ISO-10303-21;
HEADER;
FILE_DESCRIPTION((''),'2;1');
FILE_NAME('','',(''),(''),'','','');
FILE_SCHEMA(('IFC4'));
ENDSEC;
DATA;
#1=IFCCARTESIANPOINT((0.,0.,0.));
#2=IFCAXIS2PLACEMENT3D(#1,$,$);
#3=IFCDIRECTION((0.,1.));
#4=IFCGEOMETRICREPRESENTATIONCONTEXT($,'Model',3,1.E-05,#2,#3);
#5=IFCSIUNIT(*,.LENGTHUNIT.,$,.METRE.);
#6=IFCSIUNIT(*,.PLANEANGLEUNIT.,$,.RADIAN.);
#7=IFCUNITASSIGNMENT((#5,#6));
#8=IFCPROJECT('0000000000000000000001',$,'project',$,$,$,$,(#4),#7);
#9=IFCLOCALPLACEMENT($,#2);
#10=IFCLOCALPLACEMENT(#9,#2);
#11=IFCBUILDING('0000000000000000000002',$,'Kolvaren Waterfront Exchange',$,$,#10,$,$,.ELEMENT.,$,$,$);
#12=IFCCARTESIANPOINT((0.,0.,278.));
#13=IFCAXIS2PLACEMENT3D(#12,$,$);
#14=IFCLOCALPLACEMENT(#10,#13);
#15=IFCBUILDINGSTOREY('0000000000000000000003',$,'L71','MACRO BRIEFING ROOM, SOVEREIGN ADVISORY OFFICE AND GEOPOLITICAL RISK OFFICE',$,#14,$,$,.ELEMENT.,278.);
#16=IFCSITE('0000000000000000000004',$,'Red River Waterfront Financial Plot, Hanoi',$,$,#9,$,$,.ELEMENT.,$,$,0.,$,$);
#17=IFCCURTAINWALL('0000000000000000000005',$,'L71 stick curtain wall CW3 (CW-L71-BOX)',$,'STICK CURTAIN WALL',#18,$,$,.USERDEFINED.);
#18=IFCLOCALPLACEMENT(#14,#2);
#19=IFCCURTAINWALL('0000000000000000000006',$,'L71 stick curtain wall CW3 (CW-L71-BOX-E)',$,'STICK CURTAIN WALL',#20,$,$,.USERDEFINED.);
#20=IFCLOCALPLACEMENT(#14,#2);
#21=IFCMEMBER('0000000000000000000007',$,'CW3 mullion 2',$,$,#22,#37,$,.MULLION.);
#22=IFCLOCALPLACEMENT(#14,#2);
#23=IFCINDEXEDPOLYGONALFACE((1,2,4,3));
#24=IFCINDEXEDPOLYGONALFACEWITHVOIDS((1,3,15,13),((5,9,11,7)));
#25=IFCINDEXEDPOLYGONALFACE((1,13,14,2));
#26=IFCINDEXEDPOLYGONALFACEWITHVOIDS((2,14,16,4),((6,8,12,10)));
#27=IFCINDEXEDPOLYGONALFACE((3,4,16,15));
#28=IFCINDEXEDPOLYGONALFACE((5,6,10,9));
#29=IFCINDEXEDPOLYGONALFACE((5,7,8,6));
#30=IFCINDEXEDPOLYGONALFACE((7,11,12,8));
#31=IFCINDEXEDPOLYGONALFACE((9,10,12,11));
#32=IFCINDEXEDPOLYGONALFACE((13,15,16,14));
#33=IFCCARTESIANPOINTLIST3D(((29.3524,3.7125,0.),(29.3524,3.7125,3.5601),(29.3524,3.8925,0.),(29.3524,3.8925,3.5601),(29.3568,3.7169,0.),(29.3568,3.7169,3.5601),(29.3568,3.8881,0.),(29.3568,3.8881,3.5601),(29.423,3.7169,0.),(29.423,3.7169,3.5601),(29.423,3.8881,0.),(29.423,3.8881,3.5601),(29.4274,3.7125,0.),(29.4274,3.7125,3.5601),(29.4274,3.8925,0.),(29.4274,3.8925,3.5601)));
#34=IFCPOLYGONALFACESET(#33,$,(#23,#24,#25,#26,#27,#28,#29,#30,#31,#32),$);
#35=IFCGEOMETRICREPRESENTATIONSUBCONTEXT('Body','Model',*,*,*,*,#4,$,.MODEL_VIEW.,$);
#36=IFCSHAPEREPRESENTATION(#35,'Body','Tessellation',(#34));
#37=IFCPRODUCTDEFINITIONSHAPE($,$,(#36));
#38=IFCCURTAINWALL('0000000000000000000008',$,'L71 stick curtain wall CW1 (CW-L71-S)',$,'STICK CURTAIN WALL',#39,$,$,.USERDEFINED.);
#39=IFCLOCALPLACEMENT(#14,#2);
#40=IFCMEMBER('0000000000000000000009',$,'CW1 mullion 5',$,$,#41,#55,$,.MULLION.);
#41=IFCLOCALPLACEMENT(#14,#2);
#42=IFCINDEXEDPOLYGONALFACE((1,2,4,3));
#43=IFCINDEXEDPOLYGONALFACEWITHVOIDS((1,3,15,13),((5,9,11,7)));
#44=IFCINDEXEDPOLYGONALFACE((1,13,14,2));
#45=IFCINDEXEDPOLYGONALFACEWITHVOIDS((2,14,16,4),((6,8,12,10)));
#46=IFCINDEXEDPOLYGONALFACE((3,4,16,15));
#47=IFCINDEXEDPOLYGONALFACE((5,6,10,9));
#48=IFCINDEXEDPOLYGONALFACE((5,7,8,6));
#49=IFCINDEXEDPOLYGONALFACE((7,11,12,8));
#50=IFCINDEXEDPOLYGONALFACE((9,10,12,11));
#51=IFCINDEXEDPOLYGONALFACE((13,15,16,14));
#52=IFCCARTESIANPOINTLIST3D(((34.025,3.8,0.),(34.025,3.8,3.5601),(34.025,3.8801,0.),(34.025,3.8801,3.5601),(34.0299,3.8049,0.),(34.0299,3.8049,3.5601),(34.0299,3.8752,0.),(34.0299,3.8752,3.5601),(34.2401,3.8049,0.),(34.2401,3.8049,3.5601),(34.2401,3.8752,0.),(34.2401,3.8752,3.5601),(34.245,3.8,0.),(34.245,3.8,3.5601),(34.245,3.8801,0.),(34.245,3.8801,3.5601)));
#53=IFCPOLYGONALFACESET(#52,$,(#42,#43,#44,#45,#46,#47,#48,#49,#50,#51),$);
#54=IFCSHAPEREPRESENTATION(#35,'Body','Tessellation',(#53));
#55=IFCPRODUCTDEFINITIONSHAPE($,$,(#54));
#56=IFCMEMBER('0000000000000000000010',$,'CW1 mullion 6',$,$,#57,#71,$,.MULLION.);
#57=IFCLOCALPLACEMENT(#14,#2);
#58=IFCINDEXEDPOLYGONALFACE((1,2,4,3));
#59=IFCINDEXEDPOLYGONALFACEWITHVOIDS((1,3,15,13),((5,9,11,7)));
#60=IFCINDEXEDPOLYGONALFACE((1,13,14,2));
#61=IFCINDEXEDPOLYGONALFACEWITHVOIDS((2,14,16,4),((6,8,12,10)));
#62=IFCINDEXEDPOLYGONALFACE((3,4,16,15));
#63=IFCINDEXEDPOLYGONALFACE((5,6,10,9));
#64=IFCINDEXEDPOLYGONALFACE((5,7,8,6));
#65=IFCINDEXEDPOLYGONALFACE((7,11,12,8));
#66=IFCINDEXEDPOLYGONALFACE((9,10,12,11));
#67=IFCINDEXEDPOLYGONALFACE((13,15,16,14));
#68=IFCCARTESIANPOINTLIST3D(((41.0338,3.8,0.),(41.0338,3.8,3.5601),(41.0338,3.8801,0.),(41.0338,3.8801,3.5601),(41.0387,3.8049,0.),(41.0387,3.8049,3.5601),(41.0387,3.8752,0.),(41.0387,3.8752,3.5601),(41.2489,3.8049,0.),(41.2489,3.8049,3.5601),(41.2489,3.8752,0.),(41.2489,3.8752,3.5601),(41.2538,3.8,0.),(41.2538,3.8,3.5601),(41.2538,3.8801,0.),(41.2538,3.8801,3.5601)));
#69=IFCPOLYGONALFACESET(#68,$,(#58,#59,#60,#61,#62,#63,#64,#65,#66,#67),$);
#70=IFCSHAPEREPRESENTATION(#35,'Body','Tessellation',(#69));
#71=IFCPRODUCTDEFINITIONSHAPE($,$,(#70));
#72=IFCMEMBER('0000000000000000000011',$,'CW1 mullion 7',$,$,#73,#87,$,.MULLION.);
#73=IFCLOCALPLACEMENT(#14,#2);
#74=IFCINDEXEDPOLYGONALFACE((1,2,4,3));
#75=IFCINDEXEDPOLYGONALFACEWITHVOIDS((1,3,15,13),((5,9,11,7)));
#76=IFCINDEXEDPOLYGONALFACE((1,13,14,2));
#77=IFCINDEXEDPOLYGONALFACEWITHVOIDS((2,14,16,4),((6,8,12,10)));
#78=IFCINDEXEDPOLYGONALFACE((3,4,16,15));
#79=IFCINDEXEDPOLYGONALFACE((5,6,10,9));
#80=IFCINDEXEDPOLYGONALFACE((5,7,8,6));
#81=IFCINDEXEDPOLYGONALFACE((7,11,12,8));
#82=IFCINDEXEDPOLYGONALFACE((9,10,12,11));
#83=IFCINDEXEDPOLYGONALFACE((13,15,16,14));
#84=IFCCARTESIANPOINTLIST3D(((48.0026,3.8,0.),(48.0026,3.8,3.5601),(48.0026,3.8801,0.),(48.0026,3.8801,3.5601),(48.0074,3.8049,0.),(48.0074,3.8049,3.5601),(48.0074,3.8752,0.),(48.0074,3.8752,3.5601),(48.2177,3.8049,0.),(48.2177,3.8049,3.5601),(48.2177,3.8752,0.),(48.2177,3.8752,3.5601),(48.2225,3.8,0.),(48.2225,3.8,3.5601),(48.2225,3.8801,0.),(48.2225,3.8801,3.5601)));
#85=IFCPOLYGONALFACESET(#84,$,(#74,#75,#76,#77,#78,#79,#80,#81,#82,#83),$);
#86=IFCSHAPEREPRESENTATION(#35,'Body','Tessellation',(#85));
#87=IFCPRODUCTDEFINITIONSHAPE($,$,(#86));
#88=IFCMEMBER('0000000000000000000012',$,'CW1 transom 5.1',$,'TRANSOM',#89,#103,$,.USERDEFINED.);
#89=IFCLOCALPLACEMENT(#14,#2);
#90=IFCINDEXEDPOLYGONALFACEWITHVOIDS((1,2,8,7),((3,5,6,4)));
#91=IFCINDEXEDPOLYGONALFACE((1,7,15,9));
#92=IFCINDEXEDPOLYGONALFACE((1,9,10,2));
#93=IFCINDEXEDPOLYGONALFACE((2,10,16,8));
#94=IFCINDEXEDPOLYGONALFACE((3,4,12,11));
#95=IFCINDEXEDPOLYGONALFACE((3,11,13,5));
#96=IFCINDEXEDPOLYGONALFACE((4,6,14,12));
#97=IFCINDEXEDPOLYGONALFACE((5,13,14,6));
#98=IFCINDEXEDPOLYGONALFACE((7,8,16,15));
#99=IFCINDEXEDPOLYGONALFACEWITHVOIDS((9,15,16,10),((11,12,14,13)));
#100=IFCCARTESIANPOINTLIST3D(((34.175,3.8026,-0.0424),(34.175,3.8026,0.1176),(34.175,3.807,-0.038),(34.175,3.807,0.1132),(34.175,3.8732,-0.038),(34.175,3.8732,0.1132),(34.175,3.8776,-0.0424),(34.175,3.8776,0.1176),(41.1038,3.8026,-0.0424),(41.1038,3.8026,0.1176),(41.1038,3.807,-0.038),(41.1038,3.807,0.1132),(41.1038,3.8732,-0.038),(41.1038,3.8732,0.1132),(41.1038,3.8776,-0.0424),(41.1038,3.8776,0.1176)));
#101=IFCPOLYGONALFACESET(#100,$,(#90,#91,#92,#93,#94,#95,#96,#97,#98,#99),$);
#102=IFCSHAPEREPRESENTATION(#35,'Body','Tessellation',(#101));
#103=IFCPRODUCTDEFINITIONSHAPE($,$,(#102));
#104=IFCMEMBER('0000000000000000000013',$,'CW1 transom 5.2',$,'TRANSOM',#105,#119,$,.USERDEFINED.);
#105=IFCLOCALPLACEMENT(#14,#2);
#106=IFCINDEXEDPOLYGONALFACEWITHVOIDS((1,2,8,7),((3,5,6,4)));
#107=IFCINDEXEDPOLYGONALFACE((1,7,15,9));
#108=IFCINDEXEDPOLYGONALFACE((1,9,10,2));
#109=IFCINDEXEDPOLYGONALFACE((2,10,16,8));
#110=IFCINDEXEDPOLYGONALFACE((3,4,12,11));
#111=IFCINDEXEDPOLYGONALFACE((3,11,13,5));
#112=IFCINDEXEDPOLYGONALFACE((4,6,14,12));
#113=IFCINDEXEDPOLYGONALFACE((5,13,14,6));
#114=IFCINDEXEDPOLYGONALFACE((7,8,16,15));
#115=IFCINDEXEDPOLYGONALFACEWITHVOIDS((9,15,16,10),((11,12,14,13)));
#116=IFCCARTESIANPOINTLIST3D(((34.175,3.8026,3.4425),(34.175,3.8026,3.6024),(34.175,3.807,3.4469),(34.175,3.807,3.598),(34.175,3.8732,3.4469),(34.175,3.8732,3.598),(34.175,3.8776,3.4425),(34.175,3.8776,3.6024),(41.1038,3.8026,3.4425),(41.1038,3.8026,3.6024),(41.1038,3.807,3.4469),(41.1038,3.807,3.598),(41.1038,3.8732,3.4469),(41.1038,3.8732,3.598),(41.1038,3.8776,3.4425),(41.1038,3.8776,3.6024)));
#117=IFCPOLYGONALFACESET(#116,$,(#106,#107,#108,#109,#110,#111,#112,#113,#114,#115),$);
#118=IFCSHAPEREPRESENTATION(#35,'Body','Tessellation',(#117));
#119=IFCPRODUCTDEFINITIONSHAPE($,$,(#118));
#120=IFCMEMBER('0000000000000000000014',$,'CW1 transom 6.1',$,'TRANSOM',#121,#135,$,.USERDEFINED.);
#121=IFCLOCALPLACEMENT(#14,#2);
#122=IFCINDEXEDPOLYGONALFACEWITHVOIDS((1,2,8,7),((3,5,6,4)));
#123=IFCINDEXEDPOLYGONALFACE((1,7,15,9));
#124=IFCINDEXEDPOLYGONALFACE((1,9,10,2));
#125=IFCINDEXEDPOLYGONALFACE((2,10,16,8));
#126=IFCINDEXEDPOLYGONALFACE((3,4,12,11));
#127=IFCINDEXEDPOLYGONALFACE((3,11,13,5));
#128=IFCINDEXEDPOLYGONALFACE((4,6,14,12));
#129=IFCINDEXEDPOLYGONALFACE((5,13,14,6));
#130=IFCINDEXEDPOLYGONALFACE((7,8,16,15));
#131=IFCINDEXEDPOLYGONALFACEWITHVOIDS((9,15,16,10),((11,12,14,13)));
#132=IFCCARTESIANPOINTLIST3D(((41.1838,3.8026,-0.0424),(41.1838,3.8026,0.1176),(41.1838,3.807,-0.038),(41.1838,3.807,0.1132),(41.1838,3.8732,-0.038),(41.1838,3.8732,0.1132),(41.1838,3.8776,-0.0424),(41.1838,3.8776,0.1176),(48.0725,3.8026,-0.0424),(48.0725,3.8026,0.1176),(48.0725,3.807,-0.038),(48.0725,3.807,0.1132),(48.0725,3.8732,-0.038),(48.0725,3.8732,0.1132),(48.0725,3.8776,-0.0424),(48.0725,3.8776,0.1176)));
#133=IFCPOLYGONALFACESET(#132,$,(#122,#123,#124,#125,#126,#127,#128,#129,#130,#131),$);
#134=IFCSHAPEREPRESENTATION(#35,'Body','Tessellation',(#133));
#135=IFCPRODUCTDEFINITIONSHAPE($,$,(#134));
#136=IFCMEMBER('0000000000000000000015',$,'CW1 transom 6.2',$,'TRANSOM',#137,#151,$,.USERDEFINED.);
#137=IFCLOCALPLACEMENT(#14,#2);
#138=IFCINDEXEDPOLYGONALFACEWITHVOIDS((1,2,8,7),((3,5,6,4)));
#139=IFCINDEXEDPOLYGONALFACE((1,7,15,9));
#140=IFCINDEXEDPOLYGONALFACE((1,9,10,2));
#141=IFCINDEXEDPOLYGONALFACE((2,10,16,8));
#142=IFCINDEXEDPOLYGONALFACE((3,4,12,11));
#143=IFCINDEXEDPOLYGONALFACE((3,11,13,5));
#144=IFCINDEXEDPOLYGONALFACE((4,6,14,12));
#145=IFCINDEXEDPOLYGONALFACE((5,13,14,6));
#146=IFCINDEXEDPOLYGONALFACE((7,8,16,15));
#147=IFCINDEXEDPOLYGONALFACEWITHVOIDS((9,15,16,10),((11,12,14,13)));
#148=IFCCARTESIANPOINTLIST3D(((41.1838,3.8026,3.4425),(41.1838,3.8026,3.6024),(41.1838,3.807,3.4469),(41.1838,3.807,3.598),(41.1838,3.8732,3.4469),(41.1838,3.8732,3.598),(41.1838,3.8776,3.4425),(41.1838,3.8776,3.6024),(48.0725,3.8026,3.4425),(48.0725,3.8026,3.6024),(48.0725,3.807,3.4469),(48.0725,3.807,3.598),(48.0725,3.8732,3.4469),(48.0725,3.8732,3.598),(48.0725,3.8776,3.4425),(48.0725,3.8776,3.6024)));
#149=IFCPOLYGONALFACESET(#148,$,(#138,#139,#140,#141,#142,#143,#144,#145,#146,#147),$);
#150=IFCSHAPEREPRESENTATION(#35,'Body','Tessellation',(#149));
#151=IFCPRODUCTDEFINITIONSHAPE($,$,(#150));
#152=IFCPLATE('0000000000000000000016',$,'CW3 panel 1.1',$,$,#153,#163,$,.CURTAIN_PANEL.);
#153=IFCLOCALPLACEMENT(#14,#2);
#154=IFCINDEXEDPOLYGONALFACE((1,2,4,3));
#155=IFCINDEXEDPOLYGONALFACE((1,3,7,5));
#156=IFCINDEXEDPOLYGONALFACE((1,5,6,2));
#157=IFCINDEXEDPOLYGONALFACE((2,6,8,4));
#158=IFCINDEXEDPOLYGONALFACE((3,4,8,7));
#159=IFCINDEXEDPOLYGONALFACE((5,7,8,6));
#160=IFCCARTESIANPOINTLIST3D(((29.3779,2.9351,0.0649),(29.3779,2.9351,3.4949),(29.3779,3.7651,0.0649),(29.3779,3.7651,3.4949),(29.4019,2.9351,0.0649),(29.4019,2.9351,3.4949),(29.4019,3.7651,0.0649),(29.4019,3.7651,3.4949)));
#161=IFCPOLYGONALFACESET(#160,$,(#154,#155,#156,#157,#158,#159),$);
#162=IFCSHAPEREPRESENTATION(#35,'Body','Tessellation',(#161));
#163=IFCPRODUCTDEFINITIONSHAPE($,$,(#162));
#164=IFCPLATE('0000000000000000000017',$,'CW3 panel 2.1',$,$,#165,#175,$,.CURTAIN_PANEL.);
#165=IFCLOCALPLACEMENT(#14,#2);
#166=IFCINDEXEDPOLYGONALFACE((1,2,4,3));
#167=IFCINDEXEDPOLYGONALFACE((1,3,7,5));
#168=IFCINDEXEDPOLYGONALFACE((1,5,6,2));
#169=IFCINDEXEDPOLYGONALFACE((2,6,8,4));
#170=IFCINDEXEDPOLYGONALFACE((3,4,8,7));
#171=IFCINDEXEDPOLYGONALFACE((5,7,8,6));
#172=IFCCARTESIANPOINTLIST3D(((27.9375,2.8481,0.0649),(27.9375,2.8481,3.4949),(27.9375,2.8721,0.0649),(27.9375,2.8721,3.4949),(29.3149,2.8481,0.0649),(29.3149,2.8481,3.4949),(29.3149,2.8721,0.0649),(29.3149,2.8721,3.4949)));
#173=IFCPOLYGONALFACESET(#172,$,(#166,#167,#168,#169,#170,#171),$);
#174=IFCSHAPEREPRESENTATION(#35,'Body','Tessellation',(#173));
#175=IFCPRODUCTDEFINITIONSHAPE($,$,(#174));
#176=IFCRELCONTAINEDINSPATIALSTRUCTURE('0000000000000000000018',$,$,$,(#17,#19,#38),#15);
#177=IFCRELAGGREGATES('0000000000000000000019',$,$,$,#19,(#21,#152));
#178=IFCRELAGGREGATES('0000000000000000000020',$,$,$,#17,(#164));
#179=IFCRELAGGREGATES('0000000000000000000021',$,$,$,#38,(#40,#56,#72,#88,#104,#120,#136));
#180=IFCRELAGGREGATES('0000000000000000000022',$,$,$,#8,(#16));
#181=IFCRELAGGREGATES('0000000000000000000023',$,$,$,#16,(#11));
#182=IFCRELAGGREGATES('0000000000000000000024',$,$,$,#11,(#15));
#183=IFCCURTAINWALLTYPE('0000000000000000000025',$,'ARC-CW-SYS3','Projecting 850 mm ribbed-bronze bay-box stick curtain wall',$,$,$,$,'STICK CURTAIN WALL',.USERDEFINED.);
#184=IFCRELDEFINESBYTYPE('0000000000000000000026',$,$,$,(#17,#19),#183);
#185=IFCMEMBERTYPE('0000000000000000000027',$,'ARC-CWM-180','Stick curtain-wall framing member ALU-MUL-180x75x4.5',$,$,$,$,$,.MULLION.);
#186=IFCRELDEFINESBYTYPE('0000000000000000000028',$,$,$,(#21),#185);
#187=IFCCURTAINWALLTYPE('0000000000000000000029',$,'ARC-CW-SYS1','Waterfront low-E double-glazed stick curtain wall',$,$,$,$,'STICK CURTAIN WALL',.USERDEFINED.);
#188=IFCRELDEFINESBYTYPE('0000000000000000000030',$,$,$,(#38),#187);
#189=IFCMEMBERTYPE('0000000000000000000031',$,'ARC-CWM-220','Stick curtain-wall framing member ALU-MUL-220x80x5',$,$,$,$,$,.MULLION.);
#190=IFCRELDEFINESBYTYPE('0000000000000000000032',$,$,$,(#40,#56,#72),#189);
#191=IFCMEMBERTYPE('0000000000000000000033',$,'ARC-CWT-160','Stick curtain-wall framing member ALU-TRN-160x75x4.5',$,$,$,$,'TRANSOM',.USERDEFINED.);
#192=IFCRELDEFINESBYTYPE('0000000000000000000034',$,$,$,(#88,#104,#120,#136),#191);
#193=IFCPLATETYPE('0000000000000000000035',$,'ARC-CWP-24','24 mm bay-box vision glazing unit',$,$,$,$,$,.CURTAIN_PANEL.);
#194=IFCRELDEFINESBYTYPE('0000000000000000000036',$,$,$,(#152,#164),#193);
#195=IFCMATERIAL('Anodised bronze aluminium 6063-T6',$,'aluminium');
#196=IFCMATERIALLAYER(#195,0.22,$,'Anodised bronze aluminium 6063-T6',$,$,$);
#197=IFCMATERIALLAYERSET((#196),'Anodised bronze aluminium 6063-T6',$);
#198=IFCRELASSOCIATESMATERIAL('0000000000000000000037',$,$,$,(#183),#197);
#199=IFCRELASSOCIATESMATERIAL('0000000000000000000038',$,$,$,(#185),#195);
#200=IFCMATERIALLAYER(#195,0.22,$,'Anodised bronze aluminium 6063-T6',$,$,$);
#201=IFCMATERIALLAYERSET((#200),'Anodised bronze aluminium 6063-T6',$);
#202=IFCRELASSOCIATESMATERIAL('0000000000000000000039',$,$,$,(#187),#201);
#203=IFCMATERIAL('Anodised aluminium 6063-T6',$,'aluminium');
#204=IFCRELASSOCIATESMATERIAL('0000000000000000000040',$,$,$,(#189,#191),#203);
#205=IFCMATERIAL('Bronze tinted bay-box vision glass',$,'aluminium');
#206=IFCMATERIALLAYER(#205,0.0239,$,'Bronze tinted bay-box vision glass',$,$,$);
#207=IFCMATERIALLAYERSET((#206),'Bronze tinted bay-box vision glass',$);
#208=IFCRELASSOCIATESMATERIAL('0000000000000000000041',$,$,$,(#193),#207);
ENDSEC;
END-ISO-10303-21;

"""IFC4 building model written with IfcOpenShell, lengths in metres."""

from ifc_helpers import new_model, si_unit, direction, frame, origin, origin_with_axes, origin_2d, place, context, subcontext, project, spatial, rectangle, hollow_rectangle, extrude, source, transform, mapped, material, layer, layer_set, material_profile, profile_set, type_object, element, aggregate, save


model = new_model("IFC4")

# Units and contexts
model_context = context("Model", 3, precision=1e-05, world=origin(), true_north=direction((0.0, 1.0)))
body_context = subcontext(model_context, "Body", "Model", "MODEL_VIEW")
ifc_project = project(units=[si_unit("LENGTHUNIT", "METRE"), si_unit("PLANEANGLEUNIT", "RADIAN")], contexts=[model_context])

# Site, building, storey
site_placement = place(None, origin())
site = spatial("IfcSite", under=ifc_project, at=site_placement, Name="Red River Waterfront Financial Plot, Hanoi", CompositionType="ELEMENT", RefElevation=0.0)
building_placement = place(site_placement, origin())
building = spatial("IfcBuilding", under=site, at=building_placement, Name="Kolvaren Waterfront Exchange", CompositionType="ELEMENT")
storey_placement = place(building_placement, frame((0.0, 0.0, 278.0)))
storey = spatial("IfcBuildingStorey", under=building, at=storey_placement, Name="L71", Description="MACRO BRIEFING ROOM, SOVEREIGN ADVISORY OFFICE AND GEOPOLITICAL RISK OFFICE", CompositionType="ELEMENT", Elevation=278.0)

# Curtain walls
ifc_material_1 = material(Name="Anodised bronze aluminium 6063-T6", Category="aluminium")
ifc_layer_1 = layer(ifc_material_1, 0.22, Name="Anodised bronze aluminium 6063-T6")
ifc_layer_set_1 = layer_set([ifc_layer_1], Name="Anodised bronze aluminium 6063-T6")
curtain_wall_type_1 = type_object("IfcCurtainWallType", Name="ARC-CW-SYS3", Description="Projecting 850 mm ribbed-bronze bay-box stick curtain wall", ElementType="STICK CURTAIN WALL", PredefinedType="USERDEFINED", material=ifc_layer_set_1)
curtain_wall_1_placement = place(storey_placement, origin())
curtain_wall_1 = element("IfcCurtainWall", 1, at=curtain_wall_1_placement, inside=storey, type_object=curtain_wall_type_1, Name="L71 stick curtain wall CW3 (CW-L71-BOX)", ObjectType="STICK CURTAIN WALL", PredefinedType="USERDEFINED")
curtain_wall_2_placement = place(storey_placement, origin())
curtain_wall_2 = element("IfcCurtainWall", 2, at=curtain_wall_2_placement, inside=storey, type_object=curtain_wall_type_1, Name="L71 stick curtain wall CW3 (CW-L71-BOX-E)", ObjectType="STICK CURTAIN WALL", PredefinedType="USERDEFINED")

# Member
ifc_material_profile_1 = material_profile(ifc_material_1, hollow_rectangle(XDim=0.075, YDim=0.1799, WallThickness=0.0044, at=origin_2d()), Name="ALU-MUL-180x75x4.5")
ifc_profile_set_1 = profile_set([ifc_material_profile_1], Name="Anodised bronze aluminium 6063-T6")
member_type_1 = type_object("IfcMemberType", Name="ARC-CWM-180", Description="Stick curtain-wall framing member ALU-MUL-180x75x4.5", PredefinedType="MULLION", material=ifc_profile_set_1)
shared_shape_1 = source(origin_with_axes(), body_context, "Body", "SweptSolid", [
    extrude(hollow_rectangle(XDim=0.075, YDim=0.1799, WallThickness=0.0044, at=origin_2d()), origin(), (0.0, 0.0, 1.0), 3.5601),
])
member_1_placement = place(storey_placement, frame((29.3899, 3.8025, 0.0), z_axis=(0.0, 0.0, 1.0), x_axis=(-1.0, 0.0, 0.0)))
member_1 = element("IfcMember", 3, at=member_1_placement, type_object=member_type_1, Name="CW3 mullion 2", PredefinedType="MULLION", context=body_context, shape_type="MappedRepresentation", body=[
    mapped(shared_shape_1, transform((0.0, 0.0, 0.0), x_axis=(1.0, 0.0, 0.0), y_axis=(0.0, 1.0, 0.0), z_axis=(0.0, 0.0, 1.0), scale=1.0)),
])

# Curtain wall, members
ifc_layer_2 = layer(ifc_material_1, 0.22, Name="Anodised bronze aluminium 6063-T6")
ifc_layer_set_2 = layer_set([ifc_layer_2], Name="Anodised bronze aluminium 6063-T6")
curtain_wall_type_2 = type_object("IfcCurtainWallType", Name="ARC-CW-SYS1", Description="Waterfront low-E double-glazed stick curtain wall", ElementType="STICK CURTAIN WALL", PredefinedType="USERDEFINED", material=ifc_layer_set_2)
curtain_wall_3_placement = place(storey_placement, origin())
curtain_wall_3 = element("IfcCurtainWall", 4, at=curtain_wall_3_placement, inside=storey, type_object=curtain_wall_type_2, Name="L71 stick curtain wall CW1 (CW-L71-S)", ObjectType="STICK CURTAIN WALL", PredefinedType="USERDEFINED")
ifc_material_2 = material(Name="Anodised aluminium 6063-T6", Category="aluminium")
ifc_material_profile_2 = material_profile(ifc_material_2, hollow_rectangle(XDim=0.0801, YDim=0.22, WallThickness=0.0049, at=origin_2d()), Name="ALU-MUL-220x80x5")
ifc_profile_set_2 = profile_set([ifc_material_profile_2], Name="Anodised aluminium 6063-T6")
member_type_2 = type_object("IfcMemberType", Name="ARC-CWM-220", Description="Stick curtain-wall framing member ALU-MUL-220x80x5", PredefinedType="MULLION", material=ifc_profile_set_2)
shared_shape_2 = source(origin_with_axes(), body_context, "Body", "SweptSolid", [
    extrude(hollow_rectangle(XDim=0.0801, YDim=0.22, WallThickness=0.0049, at=origin_2d()), origin(), (0.0, 0.0, 1.0), 3.5601),
])
member_2_placement = place(storey_placement, frame((34.135, 3.8401, 0.0), z_axis=(0.0, 0.0, 1.0), x_axis=(0.0, 1.0, 0.0)))
member_2 = element("IfcMember", 5, at=member_2_placement, type_object=member_type_2, Name="CW1 mullion 5", PredefinedType="MULLION", context=body_context, shape_type="MappedRepresentation", body=[
    mapped(shared_shape_2, transform((0.0, 0.0, 0.0), x_axis=(1.0, 0.0, 0.0), y_axis=(0.0, 1.0, 0.0), z_axis=(0.0, 0.0, 1.0), scale=1.0)),
])
member_3_placement = place(storey_placement, frame((41.1438, 3.8401, 0.0), z_axis=(0.0, 0.0, 1.0), x_axis=(0.0, 1.0, 0.0)))
member_3 = element("IfcMember", 6, at=member_3_placement, type_object=member_type_2, Name="CW1 mullion 6", PredefinedType="MULLION", context=body_context, shape_type="MappedRepresentation", body=[
    mapped(shared_shape_2, transform((0.0, 0.0, 0.0), x_axis=(1.0, 0.0, 0.0), y_axis=(0.0, 1.0, 0.0), z_axis=(0.0, 0.0, 1.0), scale=1.0)),
])
member_4_placement = place(storey_placement, frame((48.1125, 3.8401, 0.0), z_axis=(0.0, 0.0, 1.0), x_axis=(0.0, 1.0, 0.0)))
member_4 = element("IfcMember", 7, at=member_4_placement, type_object=member_type_2, Name="CW1 mullion 7", PredefinedType="MULLION", context=body_context, shape_type="MappedRepresentation", body=[
    mapped(shared_shape_2, transform((0.0, 0.0, 0.0), x_axis=(1.0, 0.0, 0.0), y_axis=(0.0, 1.0, 0.0), z_axis=(0.0, 0.0, 1.0), scale=1.0)),
])
ifc_material_profile_3 = material_profile(ifc_material_2, hollow_rectangle(XDim=0.075, YDim=0.1599, WallThickness=0.0044, at=origin_2d()), Name="ALU-TRN-160x75x4.5")
ifc_profile_set_3 = profile_set([ifc_material_profile_3], Name="Anodised aluminium 6063-T6")
member_type_3 = type_object("IfcMemberType", Name="ARC-CWT-160", Description="Stick curtain-wall framing member ALU-TRN-160x75x4.5", ElementType="TRANSOM", PredefinedType="USERDEFINED", material=ifc_profile_set_3)
shared_shape_3 = source(origin_with_axes(), body_context, "Body", "SweptSolid", [
    extrude(hollow_rectangle(XDim=0.075, YDim=0.1599, WallThickness=0.0044, at=origin_2d()), origin(), (0.0, 0.0, 1.0), 6.9287),
])
member_5_placement = place(storey_placement, frame((34.175, 3.8401, 0.0376), z_axis=(1.0, 0.0, 0.0), x_axis=(0.0, 1.0, 0.0)))
member_5 = element("IfcMember", 8, at=member_5_placement, type_object=member_type_3, Name="CW1 transom 5.1", ObjectType="TRANSOM", PredefinedType="USERDEFINED", context=body_context, shape_type="MappedRepresentation", body=[
    mapped(shared_shape_3, transform((0.0, 0.0, 0.0), x_axis=(1.0, 0.0, 0.0), y_axis=(0.0, 1.0, 0.0), z_axis=(0.0, 0.0, 1.0), scale=1.0)),
])
member_6_placement = place(storey_placement, frame((34.175, 3.8401, 3.5225), z_axis=(1.0, 0.0, 0.0), x_axis=(0.0, 1.0, 0.0)))
member_6 = element("IfcMember", 9, at=member_6_placement, type_object=member_type_3, Name="CW1 transom 5.2", ObjectType="TRANSOM", PredefinedType="USERDEFINED", context=body_context, shape_type="MappedRepresentation", body=[
    mapped(shared_shape_3, transform((0.0, 0.0, 0.0), x_axis=(1.0, 0.0, 0.0), y_axis=(0.0, 1.0, 0.0), z_axis=(0.0, 0.0, 1.0), scale=1.0)),
])
shared_shape_4 = source(origin_with_axes(), body_context, "Body", "SweptSolid", [
    extrude(hollow_rectangle(XDim=0.075, YDim=0.1599, WallThickness=0.0044, at=origin_2d()), origin(), (0.0, 0.0, 1.0), 6.8887),
])
member_7_placement = place(storey_placement, frame((41.1838, 3.8401, 0.0376), z_axis=(1.0, 0.0, 0.0), x_axis=(0.0, 1.0, 0.0)))
member_7 = element("IfcMember", 10, at=member_7_placement, type_object=member_type_3, Name="CW1 transom 6.1", ObjectType="TRANSOM", PredefinedType="USERDEFINED", context=body_context, shape_type="MappedRepresentation", body=[
    mapped(shared_shape_4, transform((0.0, 0.0, 0.0), x_axis=(1.0, 0.0, 0.0), y_axis=(0.0, 1.0, 0.0), z_axis=(0.0, 0.0, 1.0), scale=1.0)),
])
member_8_placement = place(storey_placement, frame((41.1838, 3.8401, 3.5225), z_axis=(1.0, 0.0, 0.0), x_axis=(0.0, 1.0, 0.0)))
member_8 = element("IfcMember", 11, at=member_8_placement, type_object=member_type_3, Name="CW1 transom 6.2", ObjectType="TRANSOM", PredefinedType="USERDEFINED", context=body_context, shape_type="MappedRepresentation", body=[
    mapped(shared_shape_4, transform((0.0, 0.0, 0.0), x_axis=(1.0, 0.0, 0.0), y_axis=(0.0, 1.0, 0.0), z_axis=(0.0, 0.0, 1.0), scale=1.0)),
])

# Plates
ifc_material_3 = material(Name="Bronze tinted bay-box vision glass", Category="aluminium")
ifc_layer_3 = layer(ifc_material_3, 0.0239, Name="Bronze tinted bay-box vision glass")
ifc_layer_set_3 = layer_set([ifc_layer_3], Name="Bronze tinted bay-box vision glass")
plate_type_1 = type_object("IfcPlateType", Name="ARC-CWP-24", Description="24 mm bay-box vision glazing unit", PredefinedType="CURTAIN_PANEL", material=ifc_layer_set_3)
shared_shape_5 = source(origin_with_axes(), body_context, "Body", "SweptSolid", [
    extrude(rectangle(XDim=0.8301, YDim=0.0239, at=origin_2d()), origin(), (0.0, 0.0, 1.0), 3.4299),
])
plate_1_placement = place(storey_placement, frame((29.3899, 3.3501, 0.0649), z_axis=(0.0, 0.0, 1.0), x_axis=(0.0, 1.0, 0.0)))
plate_1 = element("IfcPlate", 12, at=plate_1_placement, type_object=plate_type_1, Name="CW3 panel 1.1", PredefinedType="CURTAIN_PANEL", context=body_context, shape_type="MappedRepresentation", body=[
    mapped(shared_shape_5, transform((0.0, 0.0, 0.0), x_axis=(1.0, 0.0, 0.0), y_axis=(0.0, 1.0, 0.0), z_axis=(0.0, 0.0, 1.0), scale=1.0)),
])
aggregate(curtain_wall_2, [member_1, plate_1])
shared_shape_6 = source(origin_with_axes(), body_context, "Body", "SweptSolid", [
    extrude(rectangle(XDim=1.3774, YDim=0.0239, at=origin_2d()), origin(), (0.0, 0.0, 1.0), 3.4299),
])
plate_2_placement = place(storey_placement, frame((28.6262, 2.8601, 0.0649), z_axis=(0.0, 0.0, 1.0), x_axis=(1.0, 0.0, 0.0)))
plate_2 = element("IfcPlate", 13, at=plate_2_placement, type_object=plate_type_1, Name="CW3 panel 2.1", PredefinedType="CURTAIN_PANEL", context=body_context, shape_type="MappedRepresentation", body=[
    mapped(shared_shape_6, transform((0.0, 0.0, 0.0), x_axis=(1.0, 0.0, 0.0), y_axis=(0.0, 1.0, 0.0), z_axis=(0.0, 0.0, 1.0), scale=1.0)),
])
aggregate(curtain_wall_1, [plate_2])
aggregate(curtain_wall_3, [member_2, member_3, member_4, member_5, member_6, member_7, member_8])

save(model, "model.ifc")
